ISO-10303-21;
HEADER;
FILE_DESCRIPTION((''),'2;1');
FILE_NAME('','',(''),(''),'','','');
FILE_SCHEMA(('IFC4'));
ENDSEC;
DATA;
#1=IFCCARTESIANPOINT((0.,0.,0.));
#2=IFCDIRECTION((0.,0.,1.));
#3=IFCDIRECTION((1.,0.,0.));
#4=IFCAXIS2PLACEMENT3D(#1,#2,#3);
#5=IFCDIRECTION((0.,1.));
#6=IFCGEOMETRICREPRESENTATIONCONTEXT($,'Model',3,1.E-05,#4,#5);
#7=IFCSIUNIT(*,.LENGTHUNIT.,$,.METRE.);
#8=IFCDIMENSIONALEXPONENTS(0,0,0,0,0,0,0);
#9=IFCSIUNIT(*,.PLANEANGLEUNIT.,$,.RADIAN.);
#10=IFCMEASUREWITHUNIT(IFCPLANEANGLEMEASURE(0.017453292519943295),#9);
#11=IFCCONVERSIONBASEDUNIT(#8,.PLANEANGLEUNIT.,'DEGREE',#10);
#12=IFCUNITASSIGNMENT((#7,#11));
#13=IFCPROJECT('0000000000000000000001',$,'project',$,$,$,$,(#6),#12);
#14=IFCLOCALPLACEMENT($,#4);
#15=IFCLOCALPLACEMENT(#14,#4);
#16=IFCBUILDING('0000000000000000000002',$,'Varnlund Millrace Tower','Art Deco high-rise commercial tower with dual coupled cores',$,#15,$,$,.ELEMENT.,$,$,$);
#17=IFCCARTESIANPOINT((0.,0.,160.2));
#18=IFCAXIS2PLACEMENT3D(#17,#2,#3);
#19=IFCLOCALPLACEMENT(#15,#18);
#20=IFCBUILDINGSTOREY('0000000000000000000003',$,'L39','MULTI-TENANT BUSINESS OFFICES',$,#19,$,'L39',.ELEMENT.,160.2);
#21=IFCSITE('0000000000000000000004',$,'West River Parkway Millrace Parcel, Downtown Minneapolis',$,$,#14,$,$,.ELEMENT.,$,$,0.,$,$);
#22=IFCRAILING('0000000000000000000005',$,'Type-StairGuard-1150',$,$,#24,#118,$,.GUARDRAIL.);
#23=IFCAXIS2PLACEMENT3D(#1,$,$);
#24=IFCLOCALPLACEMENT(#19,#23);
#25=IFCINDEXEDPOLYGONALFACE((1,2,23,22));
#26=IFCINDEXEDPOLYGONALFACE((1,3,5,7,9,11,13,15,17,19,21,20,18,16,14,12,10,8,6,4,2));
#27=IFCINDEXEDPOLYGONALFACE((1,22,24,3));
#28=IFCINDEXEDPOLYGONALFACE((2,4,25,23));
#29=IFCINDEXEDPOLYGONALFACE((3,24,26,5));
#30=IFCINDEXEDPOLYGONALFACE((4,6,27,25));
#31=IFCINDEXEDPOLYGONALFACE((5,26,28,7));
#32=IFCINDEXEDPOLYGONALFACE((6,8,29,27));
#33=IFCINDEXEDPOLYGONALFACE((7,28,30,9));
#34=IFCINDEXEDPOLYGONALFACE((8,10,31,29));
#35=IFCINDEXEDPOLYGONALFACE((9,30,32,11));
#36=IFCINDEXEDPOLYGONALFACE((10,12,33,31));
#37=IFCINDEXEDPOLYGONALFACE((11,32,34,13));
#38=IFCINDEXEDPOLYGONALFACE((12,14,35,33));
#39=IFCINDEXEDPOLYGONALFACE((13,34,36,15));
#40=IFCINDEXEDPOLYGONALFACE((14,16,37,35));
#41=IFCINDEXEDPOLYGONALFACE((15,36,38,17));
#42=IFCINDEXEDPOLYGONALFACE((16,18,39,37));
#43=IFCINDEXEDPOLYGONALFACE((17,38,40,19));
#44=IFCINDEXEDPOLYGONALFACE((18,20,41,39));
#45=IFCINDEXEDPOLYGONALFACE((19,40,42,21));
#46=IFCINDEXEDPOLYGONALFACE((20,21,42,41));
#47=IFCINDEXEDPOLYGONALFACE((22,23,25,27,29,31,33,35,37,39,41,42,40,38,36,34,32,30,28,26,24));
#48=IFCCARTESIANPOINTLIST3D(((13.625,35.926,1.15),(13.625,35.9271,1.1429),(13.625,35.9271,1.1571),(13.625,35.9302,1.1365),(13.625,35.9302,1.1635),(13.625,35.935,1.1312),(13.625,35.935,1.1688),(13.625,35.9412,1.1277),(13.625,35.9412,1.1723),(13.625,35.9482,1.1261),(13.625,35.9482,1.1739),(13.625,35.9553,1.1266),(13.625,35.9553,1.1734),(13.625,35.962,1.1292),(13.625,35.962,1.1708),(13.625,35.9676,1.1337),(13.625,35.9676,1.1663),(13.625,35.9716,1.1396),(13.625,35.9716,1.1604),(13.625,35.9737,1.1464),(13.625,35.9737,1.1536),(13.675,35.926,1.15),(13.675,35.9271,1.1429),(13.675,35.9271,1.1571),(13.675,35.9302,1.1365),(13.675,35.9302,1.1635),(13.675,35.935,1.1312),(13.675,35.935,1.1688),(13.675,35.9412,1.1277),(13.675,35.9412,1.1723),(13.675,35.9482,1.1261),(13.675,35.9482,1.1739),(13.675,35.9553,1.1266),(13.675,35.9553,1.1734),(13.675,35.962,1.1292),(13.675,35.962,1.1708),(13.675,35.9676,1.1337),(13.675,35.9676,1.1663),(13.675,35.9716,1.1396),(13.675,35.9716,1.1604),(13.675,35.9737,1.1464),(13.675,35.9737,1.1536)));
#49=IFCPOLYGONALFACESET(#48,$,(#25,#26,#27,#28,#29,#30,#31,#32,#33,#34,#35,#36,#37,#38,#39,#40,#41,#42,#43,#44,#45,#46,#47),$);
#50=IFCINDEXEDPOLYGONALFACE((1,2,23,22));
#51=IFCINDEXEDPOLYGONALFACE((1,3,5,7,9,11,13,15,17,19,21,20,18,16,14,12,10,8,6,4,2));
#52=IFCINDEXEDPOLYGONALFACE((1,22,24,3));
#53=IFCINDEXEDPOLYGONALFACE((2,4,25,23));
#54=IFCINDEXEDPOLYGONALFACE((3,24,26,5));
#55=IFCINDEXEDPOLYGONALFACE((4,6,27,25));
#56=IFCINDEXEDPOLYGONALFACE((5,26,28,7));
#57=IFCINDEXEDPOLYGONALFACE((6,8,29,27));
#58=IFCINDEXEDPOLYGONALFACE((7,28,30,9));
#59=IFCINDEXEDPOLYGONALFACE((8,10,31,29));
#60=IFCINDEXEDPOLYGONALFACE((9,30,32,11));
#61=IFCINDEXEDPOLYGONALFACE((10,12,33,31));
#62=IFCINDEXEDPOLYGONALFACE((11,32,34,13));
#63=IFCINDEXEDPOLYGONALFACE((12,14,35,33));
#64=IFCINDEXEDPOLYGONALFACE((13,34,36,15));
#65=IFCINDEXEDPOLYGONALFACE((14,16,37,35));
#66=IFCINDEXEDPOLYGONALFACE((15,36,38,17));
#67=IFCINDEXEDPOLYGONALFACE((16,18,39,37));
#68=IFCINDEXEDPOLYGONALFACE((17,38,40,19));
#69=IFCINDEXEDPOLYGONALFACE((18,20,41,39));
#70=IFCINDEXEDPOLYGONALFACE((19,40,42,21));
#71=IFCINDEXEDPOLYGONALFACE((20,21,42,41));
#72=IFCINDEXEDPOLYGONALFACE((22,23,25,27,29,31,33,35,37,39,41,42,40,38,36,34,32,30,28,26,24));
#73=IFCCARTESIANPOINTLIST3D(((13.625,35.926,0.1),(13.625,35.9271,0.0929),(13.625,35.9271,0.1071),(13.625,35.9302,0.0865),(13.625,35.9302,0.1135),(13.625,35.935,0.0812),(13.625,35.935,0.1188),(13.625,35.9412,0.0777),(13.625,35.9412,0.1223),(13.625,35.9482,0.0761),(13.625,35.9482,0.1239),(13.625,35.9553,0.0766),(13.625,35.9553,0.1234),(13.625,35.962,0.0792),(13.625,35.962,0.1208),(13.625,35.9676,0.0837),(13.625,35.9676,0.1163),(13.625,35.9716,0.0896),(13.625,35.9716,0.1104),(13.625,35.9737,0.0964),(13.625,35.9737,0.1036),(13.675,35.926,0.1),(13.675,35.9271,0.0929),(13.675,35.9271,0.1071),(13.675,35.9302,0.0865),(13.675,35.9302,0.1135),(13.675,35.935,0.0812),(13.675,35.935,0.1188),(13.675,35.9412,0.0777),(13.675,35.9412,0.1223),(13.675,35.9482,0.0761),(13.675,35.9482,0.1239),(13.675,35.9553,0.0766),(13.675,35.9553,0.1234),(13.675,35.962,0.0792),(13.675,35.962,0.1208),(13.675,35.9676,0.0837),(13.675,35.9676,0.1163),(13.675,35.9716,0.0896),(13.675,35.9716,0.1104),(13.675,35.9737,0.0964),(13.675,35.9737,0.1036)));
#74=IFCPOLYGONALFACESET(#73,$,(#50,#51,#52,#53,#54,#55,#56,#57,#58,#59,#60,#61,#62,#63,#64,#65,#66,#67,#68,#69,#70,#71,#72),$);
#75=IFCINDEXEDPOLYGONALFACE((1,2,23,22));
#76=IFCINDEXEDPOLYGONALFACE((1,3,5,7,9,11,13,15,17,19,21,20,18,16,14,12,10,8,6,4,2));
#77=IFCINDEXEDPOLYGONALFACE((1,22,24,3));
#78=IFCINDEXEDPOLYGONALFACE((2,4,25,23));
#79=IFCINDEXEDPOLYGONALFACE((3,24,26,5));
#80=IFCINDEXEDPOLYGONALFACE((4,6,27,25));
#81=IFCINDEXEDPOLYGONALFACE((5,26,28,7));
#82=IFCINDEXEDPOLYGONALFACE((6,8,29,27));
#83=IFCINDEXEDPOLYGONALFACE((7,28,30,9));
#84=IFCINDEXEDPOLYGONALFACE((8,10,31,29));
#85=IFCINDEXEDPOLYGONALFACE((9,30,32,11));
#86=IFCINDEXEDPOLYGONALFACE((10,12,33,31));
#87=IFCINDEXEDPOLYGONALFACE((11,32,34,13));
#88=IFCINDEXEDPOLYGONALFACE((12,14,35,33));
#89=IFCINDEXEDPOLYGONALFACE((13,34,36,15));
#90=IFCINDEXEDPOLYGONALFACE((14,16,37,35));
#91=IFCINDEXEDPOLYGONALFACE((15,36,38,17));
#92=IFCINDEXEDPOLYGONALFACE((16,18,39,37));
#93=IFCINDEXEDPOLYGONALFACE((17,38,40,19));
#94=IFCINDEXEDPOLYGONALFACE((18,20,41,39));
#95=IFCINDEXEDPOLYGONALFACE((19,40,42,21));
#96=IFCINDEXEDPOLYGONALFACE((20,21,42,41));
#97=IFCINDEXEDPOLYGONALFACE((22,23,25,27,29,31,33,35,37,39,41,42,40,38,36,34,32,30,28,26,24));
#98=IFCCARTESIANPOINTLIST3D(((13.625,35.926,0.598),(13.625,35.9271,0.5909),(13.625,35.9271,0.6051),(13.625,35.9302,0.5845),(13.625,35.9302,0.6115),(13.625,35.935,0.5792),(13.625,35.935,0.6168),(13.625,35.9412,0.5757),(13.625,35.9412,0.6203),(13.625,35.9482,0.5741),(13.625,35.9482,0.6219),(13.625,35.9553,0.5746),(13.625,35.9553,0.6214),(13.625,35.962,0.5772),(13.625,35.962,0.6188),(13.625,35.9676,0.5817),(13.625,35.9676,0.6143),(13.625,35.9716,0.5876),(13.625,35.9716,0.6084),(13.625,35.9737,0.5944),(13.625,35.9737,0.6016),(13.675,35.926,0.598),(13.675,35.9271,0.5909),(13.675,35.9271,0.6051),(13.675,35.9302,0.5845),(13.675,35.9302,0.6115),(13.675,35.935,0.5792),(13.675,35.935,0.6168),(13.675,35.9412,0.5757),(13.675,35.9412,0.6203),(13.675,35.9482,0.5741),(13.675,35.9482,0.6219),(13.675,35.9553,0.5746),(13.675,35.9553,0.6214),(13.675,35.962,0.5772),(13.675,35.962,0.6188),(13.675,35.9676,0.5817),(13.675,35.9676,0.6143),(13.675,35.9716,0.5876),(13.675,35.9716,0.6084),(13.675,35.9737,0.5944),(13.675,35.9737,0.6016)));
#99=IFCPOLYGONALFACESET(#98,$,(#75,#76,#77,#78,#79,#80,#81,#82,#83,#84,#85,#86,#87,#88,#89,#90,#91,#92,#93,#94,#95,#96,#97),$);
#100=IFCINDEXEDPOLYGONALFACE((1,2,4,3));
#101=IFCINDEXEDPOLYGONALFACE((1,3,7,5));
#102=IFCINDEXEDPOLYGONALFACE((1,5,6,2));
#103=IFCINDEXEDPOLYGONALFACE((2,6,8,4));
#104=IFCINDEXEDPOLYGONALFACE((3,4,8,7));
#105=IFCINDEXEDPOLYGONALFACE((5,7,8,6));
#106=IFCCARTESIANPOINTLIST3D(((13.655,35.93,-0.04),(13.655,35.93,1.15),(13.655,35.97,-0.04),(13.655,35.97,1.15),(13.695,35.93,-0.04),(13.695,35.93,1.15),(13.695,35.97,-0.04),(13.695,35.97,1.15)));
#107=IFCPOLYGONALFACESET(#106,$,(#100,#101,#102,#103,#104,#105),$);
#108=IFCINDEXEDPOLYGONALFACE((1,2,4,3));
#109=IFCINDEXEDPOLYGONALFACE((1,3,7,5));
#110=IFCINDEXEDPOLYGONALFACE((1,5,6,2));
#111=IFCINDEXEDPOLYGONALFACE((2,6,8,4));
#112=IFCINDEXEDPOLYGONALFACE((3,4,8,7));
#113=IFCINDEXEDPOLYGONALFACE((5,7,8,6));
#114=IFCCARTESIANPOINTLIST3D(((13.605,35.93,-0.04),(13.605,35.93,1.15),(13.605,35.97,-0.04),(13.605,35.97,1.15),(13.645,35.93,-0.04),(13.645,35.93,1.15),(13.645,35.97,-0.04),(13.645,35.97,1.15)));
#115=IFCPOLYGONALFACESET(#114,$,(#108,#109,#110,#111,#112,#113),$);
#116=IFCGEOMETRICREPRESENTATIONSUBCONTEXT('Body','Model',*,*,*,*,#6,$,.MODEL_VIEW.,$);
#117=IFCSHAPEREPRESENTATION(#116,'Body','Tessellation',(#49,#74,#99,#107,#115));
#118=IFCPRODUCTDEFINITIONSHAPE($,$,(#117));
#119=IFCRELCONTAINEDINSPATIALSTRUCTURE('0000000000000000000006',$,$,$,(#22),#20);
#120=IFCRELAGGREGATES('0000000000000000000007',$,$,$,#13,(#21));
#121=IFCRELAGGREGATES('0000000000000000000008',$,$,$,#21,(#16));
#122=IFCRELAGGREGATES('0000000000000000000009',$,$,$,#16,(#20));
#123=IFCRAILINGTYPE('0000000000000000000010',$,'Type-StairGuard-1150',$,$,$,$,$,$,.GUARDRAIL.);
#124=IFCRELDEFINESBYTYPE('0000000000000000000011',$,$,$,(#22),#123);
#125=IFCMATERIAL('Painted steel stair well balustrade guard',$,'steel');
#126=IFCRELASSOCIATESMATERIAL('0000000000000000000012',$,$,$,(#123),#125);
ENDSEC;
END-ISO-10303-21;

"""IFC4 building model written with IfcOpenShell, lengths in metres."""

from ifc_helpers import new_model, entity, si_unit, converted_unit, direction, frame, origin_with_axes, origin_2d_with_axis, place, context, subcontext, project, spatial, rectangle, circle, extrude, material, type_object, element, save


model = new_model("IFC4")

# Units and contexts
model_context = context("Model", 3, precision=1e-05, world=origin_with_axes(), true_north=direction((0.0, 1.0)))
body_context = subcontext(model_context, "Body", "Model", "MODEL_VIEW")
ifc_project = project(units=[si_unit("LENGTHUNIT", "METRE"), converted_unit("PLANEANGLEUNIT", "DEGREE", entity("IfcPlaneAngleMeasure", 0.017453292519943295), si_unit("PLANEANGLEUNIT", "RADIAN"), dimensions=[0, 0, 0, 0, 0, 0, 0])], contexts=[model_context])

# Site, building, storey
site_placement = place(None, origin_with_axes())
site = spatial("IfcSite", under=ifc_project, at=site_placement, Name="West River Parkway Millrace Parcel, Downtown Minneapolis", CompositionType="ELEMENT", RefElevation=0.0)
building_placement = place(site_placement, origin_with_axes())
building = spatial("IfcBuilding", under=site, at=building_placement, Name="Varnlund Millrace Tower", Description="Art Deco high-rise commercial tower with dual coupled cores", CompositionType="ELEMENT")
storey_placement = place(building_placement, frame((0.0, 0.0, 160.2), z_axis=(0.0, 0.0, 1.0), x_axis=(1.0, 0.0, 0.0)))
storey = spatial("IfcBuildingStorey", under=building, at=storey_placement, Name="L39", Description="MULTI-TENANT BUSINESS OFFICES", LongName="L39", CompositionType="ELEMENT", Elevation=160.2)

# Railing
ifc_material_1 = material(Name="Painted steel stair well balustrade guard", Category="steel")
railing_type_1 = type_object("IfcRailingType", Name="Type-StairGuard-1150", PredefinedType="GUARDRAIL", material=ifc_material_1)
railing_1_placement = place(storey_placement, frame((0.0, 0.0, -160.2), z_axis=(0.0, 0.0, 1.0), x_axis=(1.0, 0.0, 0.0)))
element("IfcRailing", 1, at=railing_1_placement, inside=storey, type_object=railing_type_1, Name="Type-StairGuard-1150", PredefinedType="GUARDRAIL", context=body_context, shape_type="SweptSolid", body=[
    extrude(circle(Radius=0.024, at=origin_2d_with_axis()), frame((13.675, 35.95, 161.35), z_axis=(-1.0, 0.0, 0.0), x_axis=(0.0, -1.0, 0.0)), (0.0, 0.0, 1.0), 0.05),
    extrude(circle(Radius=0.024, at=origin_2d_with_axis()), frame((13.675, 35.95, 160.3), z_axis=(-1.0, 0.0, 0.0), x_axis=(0.0, -1.0, 0.0)), (0.0, 0.0, 1.0), 0.05),
    extrude(circle(Radius=0.024, at=origin_2d_with_axis()), frame((13.675, 35.95, 160.798), z_axis=(-1.0, 0.0, 0.0), x_axis=(0.0, -1.0, 0.0)), (0.0, 0.0, 1.0), 0.05),
    extrude(rectangle(XDim=0.04, YDim=0.04, at=origin_2d_with_axis()), frame((13.675, 35.95, 160.16), z_axis=(0.0, 0.0, 1.0), x_axis=(1.0, 0.0, 0.0)), (0.0, 0.0, 1.0), 1.19),
    extrude(rectangle(XDim=0.04, YDim=0.04, at=origin_2d_with_axis()), frame((13.625, 35.95, 160.16), z_axis=(0.0, 0.0, 1.0), x_axis=(1.0, 0.0, 0.0)), (0.0, 0.0, 1.0), 1.19),
])

save(model, "model.ifc")
